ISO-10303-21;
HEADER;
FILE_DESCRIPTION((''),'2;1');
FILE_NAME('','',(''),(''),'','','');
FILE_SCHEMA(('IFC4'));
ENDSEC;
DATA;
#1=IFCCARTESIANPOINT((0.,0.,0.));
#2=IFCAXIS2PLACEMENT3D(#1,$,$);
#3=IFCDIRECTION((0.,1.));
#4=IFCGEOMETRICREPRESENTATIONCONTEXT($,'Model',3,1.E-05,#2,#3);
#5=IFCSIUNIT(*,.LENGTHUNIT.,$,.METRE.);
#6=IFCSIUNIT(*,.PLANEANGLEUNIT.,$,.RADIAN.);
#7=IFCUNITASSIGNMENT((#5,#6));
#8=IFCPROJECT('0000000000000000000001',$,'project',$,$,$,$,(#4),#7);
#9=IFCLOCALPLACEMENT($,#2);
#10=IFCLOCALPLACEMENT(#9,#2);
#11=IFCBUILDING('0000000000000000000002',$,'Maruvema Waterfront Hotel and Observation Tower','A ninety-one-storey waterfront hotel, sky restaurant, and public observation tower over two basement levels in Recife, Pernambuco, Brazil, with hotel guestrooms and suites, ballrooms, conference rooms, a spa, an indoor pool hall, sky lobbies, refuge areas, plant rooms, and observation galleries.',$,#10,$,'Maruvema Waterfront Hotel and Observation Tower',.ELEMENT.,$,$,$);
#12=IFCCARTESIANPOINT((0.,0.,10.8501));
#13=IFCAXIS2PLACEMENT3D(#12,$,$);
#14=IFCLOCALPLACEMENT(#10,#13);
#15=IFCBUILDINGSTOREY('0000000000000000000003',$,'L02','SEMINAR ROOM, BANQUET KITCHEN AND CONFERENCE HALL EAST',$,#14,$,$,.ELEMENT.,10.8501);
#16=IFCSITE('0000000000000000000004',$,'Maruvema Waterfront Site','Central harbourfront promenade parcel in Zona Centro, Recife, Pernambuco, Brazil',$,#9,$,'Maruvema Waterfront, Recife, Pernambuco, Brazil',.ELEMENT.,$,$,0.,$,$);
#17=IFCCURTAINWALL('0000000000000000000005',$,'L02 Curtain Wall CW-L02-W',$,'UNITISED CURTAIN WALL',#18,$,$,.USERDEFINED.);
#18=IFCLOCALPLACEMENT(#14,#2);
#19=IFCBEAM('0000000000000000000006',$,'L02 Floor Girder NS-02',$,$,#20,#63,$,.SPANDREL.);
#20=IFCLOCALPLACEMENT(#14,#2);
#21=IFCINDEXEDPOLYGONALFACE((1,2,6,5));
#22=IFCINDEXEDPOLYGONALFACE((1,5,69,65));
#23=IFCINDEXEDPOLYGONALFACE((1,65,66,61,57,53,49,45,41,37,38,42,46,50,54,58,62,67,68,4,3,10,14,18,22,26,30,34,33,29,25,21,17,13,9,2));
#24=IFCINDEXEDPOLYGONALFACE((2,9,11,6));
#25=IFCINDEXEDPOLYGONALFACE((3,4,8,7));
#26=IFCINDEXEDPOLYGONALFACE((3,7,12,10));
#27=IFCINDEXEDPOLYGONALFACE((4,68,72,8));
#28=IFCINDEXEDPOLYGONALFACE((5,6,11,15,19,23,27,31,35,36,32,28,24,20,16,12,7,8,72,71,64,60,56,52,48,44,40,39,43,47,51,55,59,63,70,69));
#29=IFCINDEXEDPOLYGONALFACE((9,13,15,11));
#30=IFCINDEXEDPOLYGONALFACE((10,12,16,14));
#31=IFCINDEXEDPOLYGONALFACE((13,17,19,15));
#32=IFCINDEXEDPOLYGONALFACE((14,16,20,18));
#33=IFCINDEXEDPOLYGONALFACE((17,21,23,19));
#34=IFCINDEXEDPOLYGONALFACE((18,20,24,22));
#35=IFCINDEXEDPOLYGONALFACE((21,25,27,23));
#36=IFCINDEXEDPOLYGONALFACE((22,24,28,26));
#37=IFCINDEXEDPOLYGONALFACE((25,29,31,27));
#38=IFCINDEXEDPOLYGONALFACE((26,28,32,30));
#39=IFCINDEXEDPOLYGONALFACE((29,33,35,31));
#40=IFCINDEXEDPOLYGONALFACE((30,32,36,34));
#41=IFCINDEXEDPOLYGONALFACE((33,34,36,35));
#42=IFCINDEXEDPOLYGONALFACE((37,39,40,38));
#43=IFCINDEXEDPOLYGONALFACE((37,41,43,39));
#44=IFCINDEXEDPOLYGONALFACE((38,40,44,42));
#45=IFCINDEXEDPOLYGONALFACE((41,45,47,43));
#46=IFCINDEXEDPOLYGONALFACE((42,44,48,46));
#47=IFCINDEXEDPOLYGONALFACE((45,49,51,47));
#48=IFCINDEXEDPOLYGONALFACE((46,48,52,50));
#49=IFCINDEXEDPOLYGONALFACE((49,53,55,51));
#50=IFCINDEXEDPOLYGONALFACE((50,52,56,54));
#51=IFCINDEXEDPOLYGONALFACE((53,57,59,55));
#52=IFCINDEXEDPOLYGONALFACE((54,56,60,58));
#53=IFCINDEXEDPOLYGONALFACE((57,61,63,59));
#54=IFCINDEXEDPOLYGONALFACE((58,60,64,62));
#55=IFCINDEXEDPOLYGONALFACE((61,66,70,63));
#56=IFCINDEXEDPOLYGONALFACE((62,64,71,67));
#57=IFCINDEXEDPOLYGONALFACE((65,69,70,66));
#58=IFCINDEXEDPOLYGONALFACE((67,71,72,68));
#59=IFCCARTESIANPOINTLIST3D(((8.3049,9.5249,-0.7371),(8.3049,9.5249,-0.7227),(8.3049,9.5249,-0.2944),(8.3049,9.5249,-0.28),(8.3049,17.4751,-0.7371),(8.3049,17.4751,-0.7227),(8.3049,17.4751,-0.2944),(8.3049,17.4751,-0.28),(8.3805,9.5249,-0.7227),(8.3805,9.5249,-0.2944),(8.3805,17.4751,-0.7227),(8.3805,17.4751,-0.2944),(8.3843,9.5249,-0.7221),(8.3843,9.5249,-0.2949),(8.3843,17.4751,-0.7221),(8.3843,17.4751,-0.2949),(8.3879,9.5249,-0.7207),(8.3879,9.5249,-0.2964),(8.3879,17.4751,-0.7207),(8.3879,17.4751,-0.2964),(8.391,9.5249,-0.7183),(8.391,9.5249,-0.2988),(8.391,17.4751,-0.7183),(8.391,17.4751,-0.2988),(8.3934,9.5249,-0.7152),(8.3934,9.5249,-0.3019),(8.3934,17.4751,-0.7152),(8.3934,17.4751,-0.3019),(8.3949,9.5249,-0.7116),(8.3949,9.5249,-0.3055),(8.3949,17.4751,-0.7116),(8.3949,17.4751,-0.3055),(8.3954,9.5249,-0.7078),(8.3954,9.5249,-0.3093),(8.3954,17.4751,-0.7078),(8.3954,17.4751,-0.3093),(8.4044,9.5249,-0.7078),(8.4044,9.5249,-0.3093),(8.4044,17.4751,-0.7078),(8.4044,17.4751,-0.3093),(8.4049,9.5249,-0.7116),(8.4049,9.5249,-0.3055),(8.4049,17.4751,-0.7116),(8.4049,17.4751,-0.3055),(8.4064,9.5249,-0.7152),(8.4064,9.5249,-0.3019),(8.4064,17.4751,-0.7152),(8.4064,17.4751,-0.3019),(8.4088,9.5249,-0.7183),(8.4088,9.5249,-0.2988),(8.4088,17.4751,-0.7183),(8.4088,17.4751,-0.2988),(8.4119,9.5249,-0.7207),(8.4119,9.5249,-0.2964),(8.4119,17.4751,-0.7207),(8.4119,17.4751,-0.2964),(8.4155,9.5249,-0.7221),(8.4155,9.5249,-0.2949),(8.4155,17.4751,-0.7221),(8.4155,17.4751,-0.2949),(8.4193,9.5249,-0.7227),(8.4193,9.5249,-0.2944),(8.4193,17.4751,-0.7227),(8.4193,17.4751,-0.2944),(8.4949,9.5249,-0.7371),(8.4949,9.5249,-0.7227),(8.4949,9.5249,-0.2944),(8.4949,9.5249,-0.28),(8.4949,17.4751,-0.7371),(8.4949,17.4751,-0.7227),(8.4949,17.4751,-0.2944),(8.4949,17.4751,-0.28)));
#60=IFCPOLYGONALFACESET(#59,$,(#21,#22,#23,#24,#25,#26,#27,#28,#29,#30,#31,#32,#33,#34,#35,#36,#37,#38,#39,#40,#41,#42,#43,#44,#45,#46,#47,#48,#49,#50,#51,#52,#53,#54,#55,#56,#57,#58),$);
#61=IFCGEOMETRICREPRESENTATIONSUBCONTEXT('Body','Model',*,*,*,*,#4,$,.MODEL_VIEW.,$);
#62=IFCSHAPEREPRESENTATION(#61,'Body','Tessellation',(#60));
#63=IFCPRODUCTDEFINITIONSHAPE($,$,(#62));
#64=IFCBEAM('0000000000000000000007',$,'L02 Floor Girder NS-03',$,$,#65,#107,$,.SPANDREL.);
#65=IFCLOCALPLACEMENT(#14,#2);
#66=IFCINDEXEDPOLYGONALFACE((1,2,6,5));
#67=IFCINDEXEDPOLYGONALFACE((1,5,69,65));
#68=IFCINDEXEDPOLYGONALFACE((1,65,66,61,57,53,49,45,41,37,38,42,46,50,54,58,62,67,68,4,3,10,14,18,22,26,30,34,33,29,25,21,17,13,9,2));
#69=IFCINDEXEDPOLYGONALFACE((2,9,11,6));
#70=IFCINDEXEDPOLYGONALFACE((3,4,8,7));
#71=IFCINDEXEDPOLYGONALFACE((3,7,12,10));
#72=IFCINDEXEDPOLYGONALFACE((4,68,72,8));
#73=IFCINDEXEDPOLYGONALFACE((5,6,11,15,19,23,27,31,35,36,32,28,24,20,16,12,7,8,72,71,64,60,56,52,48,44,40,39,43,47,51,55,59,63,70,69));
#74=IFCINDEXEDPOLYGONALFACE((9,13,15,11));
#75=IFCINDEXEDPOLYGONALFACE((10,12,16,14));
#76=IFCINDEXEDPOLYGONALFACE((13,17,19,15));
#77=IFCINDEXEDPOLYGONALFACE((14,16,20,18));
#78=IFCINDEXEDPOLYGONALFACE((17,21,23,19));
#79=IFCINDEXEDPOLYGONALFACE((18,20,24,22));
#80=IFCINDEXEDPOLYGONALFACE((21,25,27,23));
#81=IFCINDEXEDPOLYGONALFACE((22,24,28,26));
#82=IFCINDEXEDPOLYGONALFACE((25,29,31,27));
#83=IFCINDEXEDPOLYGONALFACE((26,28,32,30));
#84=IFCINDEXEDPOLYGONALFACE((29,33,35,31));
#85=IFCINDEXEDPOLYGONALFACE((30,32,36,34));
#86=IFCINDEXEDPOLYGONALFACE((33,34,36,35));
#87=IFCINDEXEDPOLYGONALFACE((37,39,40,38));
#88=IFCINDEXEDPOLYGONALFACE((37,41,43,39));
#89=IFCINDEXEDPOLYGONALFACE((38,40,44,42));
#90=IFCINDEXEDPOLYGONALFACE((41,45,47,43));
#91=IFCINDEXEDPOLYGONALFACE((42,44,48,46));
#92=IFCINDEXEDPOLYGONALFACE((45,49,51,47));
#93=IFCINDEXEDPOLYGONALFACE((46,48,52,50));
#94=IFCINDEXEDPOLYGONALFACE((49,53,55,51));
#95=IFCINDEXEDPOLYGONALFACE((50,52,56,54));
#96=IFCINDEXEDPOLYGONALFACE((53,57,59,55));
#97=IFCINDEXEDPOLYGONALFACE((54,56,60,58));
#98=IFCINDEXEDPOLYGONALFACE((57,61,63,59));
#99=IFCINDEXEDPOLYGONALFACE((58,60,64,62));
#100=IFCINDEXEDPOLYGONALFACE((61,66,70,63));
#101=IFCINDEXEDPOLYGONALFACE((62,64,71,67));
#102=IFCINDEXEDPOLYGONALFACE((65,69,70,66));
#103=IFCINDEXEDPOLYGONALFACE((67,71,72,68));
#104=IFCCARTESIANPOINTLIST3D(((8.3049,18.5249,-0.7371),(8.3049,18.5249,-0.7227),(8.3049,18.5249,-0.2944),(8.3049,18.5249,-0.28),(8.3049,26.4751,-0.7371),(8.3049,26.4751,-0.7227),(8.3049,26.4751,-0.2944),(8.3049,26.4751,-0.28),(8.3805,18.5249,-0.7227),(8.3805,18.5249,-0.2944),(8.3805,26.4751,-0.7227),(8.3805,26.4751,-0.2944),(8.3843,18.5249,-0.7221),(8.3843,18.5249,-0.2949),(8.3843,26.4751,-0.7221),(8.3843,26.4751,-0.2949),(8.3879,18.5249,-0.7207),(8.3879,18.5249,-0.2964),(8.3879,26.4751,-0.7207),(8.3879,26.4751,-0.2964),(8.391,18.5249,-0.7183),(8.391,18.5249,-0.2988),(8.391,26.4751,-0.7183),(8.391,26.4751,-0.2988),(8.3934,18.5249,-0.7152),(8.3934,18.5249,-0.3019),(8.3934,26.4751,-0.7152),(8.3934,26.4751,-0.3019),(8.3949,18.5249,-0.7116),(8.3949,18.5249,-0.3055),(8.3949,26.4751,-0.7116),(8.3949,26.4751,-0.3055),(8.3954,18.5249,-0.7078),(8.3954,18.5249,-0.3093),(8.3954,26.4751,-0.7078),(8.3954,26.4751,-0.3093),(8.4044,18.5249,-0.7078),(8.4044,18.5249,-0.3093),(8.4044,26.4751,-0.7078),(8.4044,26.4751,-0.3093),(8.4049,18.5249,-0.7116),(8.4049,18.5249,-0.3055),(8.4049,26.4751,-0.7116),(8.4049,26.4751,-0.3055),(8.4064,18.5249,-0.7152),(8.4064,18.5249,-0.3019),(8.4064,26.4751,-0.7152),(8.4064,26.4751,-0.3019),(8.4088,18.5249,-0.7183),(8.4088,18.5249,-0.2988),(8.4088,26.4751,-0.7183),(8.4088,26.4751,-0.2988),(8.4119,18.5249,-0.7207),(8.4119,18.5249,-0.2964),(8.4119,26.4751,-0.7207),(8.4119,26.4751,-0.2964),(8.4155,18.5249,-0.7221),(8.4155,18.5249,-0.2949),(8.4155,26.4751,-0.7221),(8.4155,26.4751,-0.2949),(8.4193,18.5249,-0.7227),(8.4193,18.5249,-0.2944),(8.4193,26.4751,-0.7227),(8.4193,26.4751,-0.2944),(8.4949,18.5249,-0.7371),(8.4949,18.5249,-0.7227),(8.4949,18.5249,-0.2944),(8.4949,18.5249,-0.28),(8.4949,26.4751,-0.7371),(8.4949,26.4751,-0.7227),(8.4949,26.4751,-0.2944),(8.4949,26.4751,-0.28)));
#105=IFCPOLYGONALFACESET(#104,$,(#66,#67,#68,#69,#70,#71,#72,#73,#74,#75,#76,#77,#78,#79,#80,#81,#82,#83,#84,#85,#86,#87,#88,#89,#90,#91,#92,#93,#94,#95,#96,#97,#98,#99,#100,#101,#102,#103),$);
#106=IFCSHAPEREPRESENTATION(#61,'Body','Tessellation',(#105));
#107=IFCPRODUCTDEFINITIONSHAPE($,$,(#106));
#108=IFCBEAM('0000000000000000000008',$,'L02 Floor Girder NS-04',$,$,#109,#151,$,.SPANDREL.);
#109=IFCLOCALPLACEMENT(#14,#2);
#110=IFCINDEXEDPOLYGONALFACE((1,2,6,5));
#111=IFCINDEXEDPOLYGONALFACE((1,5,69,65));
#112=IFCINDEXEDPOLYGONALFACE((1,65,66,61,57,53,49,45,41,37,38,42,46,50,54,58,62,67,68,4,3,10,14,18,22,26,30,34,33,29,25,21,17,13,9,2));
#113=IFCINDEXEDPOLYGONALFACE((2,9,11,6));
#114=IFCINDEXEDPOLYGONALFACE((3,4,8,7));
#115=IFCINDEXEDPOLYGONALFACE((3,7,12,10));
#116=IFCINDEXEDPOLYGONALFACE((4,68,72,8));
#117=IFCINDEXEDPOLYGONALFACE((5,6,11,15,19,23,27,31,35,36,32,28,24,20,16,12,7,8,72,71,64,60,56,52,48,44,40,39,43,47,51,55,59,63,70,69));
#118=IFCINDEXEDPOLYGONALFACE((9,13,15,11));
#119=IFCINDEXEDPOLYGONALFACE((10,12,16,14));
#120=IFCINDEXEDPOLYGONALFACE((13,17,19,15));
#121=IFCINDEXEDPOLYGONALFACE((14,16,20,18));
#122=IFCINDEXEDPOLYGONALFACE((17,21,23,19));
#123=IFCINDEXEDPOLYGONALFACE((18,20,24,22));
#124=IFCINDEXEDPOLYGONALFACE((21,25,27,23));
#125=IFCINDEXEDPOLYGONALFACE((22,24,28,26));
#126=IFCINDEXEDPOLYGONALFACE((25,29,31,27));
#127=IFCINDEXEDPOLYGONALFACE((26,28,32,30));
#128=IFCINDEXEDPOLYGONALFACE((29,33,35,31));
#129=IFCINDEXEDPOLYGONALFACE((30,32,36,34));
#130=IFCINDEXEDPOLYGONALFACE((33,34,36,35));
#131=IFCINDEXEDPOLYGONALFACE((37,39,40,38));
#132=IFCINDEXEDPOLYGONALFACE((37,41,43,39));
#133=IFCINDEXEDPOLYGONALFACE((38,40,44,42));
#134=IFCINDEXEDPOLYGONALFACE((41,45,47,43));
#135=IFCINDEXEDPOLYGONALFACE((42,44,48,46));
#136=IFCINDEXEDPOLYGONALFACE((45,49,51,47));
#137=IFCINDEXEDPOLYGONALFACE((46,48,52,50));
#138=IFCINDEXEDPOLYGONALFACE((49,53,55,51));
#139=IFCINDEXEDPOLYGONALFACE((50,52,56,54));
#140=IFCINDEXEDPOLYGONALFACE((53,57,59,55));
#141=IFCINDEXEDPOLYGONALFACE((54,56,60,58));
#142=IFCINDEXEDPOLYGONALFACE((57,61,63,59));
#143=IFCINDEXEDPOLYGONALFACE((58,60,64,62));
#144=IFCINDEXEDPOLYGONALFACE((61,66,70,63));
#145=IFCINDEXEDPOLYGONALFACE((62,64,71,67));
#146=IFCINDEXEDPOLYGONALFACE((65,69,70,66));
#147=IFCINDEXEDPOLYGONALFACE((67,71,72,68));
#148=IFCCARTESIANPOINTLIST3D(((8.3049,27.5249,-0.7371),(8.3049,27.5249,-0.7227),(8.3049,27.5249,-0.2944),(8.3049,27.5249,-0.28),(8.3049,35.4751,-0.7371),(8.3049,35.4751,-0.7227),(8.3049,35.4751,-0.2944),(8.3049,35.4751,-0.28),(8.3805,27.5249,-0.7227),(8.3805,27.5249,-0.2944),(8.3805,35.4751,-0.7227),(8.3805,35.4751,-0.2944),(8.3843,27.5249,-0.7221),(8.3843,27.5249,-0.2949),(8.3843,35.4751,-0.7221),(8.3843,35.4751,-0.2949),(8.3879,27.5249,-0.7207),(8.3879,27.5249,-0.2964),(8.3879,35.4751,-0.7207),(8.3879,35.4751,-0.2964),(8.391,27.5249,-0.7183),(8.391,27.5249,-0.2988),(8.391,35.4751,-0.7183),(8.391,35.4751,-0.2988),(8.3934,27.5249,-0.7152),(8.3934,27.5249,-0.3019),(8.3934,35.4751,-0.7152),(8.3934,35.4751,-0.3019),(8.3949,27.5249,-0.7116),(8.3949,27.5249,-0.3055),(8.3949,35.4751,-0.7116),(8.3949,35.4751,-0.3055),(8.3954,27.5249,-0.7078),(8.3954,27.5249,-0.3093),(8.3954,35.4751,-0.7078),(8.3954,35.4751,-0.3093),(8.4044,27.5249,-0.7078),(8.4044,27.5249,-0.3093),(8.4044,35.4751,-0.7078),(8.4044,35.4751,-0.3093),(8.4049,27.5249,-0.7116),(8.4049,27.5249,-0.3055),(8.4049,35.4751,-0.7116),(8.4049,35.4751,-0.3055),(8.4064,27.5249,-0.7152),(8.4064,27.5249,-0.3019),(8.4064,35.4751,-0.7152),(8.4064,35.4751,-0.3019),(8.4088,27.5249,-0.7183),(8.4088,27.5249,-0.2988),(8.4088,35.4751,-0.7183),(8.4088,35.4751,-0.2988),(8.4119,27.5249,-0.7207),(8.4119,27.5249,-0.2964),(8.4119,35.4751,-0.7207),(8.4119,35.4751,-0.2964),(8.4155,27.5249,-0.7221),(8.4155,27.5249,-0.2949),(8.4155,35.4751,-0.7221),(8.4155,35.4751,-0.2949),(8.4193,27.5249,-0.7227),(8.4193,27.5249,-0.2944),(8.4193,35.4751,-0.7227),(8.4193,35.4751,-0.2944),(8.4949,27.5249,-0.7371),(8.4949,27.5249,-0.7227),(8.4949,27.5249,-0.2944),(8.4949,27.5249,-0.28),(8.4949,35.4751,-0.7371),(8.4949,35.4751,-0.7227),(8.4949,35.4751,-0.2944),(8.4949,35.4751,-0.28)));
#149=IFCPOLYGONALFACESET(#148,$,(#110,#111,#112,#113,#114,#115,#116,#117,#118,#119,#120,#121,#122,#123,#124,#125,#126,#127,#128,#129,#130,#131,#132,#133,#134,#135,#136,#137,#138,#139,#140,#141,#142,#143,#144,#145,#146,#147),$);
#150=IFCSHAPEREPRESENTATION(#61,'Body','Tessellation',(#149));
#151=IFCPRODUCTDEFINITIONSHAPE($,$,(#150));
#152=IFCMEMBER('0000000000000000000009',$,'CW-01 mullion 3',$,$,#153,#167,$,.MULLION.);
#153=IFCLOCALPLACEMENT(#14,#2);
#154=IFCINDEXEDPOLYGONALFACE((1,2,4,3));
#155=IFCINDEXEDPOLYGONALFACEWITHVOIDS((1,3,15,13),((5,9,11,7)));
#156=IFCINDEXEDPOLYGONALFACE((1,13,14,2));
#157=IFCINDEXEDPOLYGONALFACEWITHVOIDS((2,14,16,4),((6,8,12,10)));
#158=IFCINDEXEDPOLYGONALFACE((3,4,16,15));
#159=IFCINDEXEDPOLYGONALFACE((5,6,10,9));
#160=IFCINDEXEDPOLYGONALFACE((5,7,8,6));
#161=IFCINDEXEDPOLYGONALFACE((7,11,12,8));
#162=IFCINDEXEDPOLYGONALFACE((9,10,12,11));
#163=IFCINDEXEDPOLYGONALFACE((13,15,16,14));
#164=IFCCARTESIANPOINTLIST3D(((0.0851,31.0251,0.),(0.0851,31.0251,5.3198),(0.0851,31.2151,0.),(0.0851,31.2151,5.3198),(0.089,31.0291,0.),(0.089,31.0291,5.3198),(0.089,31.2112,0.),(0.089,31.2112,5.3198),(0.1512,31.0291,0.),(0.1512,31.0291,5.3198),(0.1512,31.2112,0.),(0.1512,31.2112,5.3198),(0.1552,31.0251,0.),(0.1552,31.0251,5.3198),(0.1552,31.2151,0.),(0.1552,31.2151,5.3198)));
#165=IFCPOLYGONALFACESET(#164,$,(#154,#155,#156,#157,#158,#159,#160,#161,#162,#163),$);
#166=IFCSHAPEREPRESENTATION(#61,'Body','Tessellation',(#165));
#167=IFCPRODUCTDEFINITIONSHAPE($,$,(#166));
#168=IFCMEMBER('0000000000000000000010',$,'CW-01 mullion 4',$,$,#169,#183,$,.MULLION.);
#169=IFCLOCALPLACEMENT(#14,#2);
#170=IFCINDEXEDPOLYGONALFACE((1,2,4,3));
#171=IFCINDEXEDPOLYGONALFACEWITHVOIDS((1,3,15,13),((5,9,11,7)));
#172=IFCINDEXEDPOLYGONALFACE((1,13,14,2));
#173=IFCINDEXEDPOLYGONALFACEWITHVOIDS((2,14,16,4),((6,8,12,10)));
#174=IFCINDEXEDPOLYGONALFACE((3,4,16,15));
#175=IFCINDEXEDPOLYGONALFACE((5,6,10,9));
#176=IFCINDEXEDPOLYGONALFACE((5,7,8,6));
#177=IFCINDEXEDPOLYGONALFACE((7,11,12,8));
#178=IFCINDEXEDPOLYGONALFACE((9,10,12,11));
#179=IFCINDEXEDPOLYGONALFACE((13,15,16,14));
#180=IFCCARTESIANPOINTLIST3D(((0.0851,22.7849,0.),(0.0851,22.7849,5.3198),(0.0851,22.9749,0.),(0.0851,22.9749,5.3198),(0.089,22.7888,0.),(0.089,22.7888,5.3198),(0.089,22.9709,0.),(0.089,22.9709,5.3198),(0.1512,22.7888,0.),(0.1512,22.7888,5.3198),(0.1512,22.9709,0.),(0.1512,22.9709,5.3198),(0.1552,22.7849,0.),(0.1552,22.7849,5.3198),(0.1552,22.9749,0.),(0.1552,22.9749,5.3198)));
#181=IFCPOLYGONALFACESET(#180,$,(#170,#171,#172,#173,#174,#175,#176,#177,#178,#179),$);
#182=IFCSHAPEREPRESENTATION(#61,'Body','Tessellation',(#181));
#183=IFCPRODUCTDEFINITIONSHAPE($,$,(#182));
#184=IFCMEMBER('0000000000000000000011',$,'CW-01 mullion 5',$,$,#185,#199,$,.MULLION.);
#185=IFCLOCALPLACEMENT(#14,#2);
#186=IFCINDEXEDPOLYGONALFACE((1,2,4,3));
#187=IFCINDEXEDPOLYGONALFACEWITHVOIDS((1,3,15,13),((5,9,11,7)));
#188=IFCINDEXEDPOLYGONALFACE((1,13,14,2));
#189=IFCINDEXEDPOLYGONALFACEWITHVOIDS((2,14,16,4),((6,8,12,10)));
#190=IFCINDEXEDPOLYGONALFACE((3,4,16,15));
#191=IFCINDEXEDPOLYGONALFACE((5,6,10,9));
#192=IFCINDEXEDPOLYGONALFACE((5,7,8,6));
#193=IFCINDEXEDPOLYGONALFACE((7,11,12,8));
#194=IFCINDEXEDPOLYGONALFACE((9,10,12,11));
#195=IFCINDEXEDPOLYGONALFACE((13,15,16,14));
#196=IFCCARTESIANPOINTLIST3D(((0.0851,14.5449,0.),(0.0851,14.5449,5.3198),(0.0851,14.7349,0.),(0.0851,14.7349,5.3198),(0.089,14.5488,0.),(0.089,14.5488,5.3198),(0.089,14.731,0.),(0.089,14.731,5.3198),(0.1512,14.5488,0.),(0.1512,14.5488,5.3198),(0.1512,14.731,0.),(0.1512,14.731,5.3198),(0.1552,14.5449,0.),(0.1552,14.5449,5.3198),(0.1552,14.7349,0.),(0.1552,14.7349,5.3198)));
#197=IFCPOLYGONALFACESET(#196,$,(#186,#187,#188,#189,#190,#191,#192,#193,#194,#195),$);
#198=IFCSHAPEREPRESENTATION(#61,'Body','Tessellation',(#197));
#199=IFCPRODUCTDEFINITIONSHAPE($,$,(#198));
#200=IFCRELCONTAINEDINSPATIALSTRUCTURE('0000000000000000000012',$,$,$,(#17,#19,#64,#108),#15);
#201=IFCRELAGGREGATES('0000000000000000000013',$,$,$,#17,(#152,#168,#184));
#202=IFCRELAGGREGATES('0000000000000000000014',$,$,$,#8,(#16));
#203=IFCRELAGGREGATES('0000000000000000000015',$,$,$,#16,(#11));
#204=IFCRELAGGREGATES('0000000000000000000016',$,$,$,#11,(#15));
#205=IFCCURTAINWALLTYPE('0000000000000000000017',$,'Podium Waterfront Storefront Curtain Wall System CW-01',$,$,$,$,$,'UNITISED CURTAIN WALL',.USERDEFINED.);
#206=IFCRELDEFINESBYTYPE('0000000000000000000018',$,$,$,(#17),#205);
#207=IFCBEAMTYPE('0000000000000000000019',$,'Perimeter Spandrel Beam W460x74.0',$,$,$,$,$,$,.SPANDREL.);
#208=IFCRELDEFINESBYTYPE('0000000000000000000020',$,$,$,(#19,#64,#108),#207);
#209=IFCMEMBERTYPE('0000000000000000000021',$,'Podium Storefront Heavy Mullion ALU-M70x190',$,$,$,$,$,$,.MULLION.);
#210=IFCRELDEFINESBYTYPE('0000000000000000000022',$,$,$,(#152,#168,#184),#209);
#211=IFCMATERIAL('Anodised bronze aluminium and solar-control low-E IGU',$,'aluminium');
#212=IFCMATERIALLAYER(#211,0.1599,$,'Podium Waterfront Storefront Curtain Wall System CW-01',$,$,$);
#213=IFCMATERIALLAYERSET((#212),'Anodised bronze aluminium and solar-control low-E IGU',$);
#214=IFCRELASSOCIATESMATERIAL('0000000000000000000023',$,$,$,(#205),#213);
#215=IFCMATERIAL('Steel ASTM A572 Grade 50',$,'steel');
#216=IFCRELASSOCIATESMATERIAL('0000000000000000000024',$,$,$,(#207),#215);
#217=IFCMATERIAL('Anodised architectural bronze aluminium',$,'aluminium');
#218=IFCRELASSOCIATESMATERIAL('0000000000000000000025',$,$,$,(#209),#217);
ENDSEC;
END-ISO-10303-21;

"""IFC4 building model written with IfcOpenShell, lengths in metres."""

from ifc_helpers import new_model, si_unit, direction, frame, origin, origin_2d, place, context, subcontext, project, spatial, hollow_rectangle, i_section, extrude, material, layer, layer_set, material_profile, profile_set, type_object, element, aggregate, save


model = new_model("IFC4")

# Units and contexts
model_context = context("Model", 3, precision=1e-05, world=origin(), true_north=direction((0.0, 1.0)))
body_context = subcontext(model_context, "Body", "Model", "MODEL_VIEW")
ifc_project = project(units=[si_unit("LENGTHUNIT", "METRE"), si_unit("PLANEANGLEUNIT", "RADIAN")], contexts=[model_context])

# Site, building, storey
site_placement = place(None, origin())
site = spatial("IfcSite", under=ifc_project, at=site_placement, Name="Maruvema Waterfront Site", Description="Central harbourfront promenade parcel in Zona Centro, Recife, Pernambuco, Brazil", LongName="Maruvema Waterfront, Recife, Pernambuco, Brazil", CompositionType="ELEMENT", RefElevation=0.0)
building_placement = place(site_placement, origin())
building = spatial("IfcBuilding", under=site, at=building_placement, Name="Maruvema Waterfront Hotel and Observation Tower", Description="A ninety-one-storey waterfront hotel, sky restaurant, and public observation tower over two basement levels in Recife, Pernambuco, Brazil, with hotel guestrooms and suites, ballrooms, conference rooms, a spa, an indoor pool hall, sky lobbies, refuge areas, plant rooms, and observation galleries.", LongName="Maruvema Waterfront Hotel and Observation Tower", CompositionType="ELEMENT")
storey_placement = place(building_placement, frame((0.0, 0.0, 10.8501)))
storey = spatial("IfcBuildingStorey", under=building, at=storey_placement, Name="L02", Description="SEMINAR ROOM, BANQUET KITCHEN AND CONFERENCE HALL EAST", CompositionType="ELEMENT", Elevation=10.8501)

# Curtain wall
ifc_material_1 = material(Name="Anodised bronze aluminium and solar-control low-E IGU", Category="aluminium")
ifc_layer_1 = layer(ifc_material_1, 0.1599, Name="Podium Waterfront Storefront Curtain Wall System CW-01")
ifc_layer_set_1 = layer_set([ifc_layer_1], Name="Anodised bronze aluminium and solar-control low-E IGU")
curtain_wall_type = type_object("IfcCurtainWallType", Name="Podium Waterfront Storefront Curtain Wall System CW-01", ElementType="UNITISED CURTAIN WALL", PredefinedType="USERDEFINED", material=ifc_layer_set_1)
curtain_wall_placement = place(storey_placement, origin())
curtain_wall = element("IfcCurtainWall", 1, at=curtain_wall_placement, inside=storey, type_object=curtain_wall_type, Name="L02 Curtain Wall CW-L02-W", ObjectType="UNITISED CURTAIN WALL", PredefinedType="USERDEFINED")

# Beams
ifc_material_2 = material(Name="Steel ASTM A572 Grade 50", Category="steel")
ifc_material_profile_1 = material_profile(ifc_material_2, i_section(OverallWidth=0.1899, OverallDepth=0.457, WebThickness=0.009, FlangeThickness=0.0144, FilletRadius=0.0149, at=origin_2d()), Name="W460x74.0")
ifc_profile_set_1 = profile_set([ifc_material_profile_1], Name="Steel ASTM A572 Grade 50")
beam_type = type_object("IfcBeamType", Name="Perimeter Spandrel Beam W460x74.0", PredefinedType="SPANDREL", material=ifc_profile_set_1)
for number, where, z_axis, x_axis, name in (
    (2, (8.3999, 9.5249, -0.5085), (0.0, 1.0, 0.0), (-1.0, 0.0, 0.0), "L02 Floor Girder NS-02"),
    (3, (8.3999, 18.5249, -0.5085), (0.0, 1.0, 0.0), (-1.0, 0.0, 0.0), "L02 Floor Girder NS-03"),
    (4, (8.3999, 27.5249, -0.5085), (0.0, 1.0, 0.0), (-1.0, 0.0, 0.0), "L02 Floor Girder NS-04"),
):
    element("IfcBeam", number, at=place(storey_placement, frame(where, z_axis=z_axis, x_axis=x_axis)), inside=storey, type_object=beam_type, Name=name, PredefinedType="SPANDREL", context=body_context, shape_type="SweptSolid", body=[
        extrude(i_section(OverallWidth=0.1899, OverallDepth=0.457, WebThickness=0.009, FlangeThickness=0.0144, FilletRadius=0.0149, at=origin_2d()), origin(), (0.0, 0.0, 1.0), 7.9502),
    ])

# Members
ifc_material_3 = material(Name="Anodised architectural bronze aluminium", Category="aluminium")
ifc_material_profile_2 = material_profile(ifc_material_3, hollow_rectangle(XDim=0.0701, YDim=0.1899, WallThickness=0.0039, at=origin_2d()), Name="ALU-M70x190")
ifc_profile_set_2 = profile_set([ifc_material_profile_2], Name="Anodised architectural bronze aluminium")
member_type_1 = type_object("IfcMemberType", Name="Podium Storefront Heavy Mullion ALU-M70x190", PredefinedType="MULLION", material=ifc_profile_set_2)
member_1_placement = place(storey_placement, frame((0.1201, 31.1201, 0.0), z_axis=(0.0, 0.0, 1.0), x_axis=(1.0, 0.0, 0.0)))
member_1 = element("IfcMember", 5, at=member_1_placement, type_object=member_type_1, Name="CW-01 mullion 3", PredefinedType="MULLION", context=body_context, shape_type="SweptSolid", body=[
    extrude(hollow_rectangle(XDim=0.0701, YDim=0.1899, WallThickness=0.0039, at=origin_2d()), origin(), (0.0, 0.0, 1.0), 5.3198),
])
member_2_placement = place(storey_placement, frame((0.1201, 22.8799, 0.0), z_axis=(0.0, 0.0, 1.0), x_axis=(1.0, 0.0, 0.0)))
member_2 = element("IfcMember", 6, at=member_2_placement, type_object=member_type_1, Name="CW-01 mullion 4", PredefinedType="MULLION", context=body_context, shape_type="SweptSolid", body=[
    extrude(hollow_rectangle(XDim=0.0701, YDim=0.1899, WallThickness=0.0039, at=origin_2d()), origin(), (0.0, 0.0, 1.0), 5.3198),
])
member_3_placement = place(storey_placement, frame((0.1201, 14.6399, 0.0), z_axis=(0.0, 0.0, 1.0), x_axis=(1.0, 0.0, 0.0)))
member_3 = element("IfcMember", 7, at=member_3_placement, type_object=member_type_1, Name="CW-01 mullion 5", PredefinedType="MULLION", context=body_context, shape_type="SweptSolid", body=[
    extrude(hollow_rectangle(XDim=0.0701, YDim=0.1899, WallThickness=0.0039, at=origin_2d()), origin(), (0.0, 0.0, 1.0), 5.3198),
])

aggregate(curtain_wall, [member_1, member_2, member_3])

save(model, "model.ifc")
